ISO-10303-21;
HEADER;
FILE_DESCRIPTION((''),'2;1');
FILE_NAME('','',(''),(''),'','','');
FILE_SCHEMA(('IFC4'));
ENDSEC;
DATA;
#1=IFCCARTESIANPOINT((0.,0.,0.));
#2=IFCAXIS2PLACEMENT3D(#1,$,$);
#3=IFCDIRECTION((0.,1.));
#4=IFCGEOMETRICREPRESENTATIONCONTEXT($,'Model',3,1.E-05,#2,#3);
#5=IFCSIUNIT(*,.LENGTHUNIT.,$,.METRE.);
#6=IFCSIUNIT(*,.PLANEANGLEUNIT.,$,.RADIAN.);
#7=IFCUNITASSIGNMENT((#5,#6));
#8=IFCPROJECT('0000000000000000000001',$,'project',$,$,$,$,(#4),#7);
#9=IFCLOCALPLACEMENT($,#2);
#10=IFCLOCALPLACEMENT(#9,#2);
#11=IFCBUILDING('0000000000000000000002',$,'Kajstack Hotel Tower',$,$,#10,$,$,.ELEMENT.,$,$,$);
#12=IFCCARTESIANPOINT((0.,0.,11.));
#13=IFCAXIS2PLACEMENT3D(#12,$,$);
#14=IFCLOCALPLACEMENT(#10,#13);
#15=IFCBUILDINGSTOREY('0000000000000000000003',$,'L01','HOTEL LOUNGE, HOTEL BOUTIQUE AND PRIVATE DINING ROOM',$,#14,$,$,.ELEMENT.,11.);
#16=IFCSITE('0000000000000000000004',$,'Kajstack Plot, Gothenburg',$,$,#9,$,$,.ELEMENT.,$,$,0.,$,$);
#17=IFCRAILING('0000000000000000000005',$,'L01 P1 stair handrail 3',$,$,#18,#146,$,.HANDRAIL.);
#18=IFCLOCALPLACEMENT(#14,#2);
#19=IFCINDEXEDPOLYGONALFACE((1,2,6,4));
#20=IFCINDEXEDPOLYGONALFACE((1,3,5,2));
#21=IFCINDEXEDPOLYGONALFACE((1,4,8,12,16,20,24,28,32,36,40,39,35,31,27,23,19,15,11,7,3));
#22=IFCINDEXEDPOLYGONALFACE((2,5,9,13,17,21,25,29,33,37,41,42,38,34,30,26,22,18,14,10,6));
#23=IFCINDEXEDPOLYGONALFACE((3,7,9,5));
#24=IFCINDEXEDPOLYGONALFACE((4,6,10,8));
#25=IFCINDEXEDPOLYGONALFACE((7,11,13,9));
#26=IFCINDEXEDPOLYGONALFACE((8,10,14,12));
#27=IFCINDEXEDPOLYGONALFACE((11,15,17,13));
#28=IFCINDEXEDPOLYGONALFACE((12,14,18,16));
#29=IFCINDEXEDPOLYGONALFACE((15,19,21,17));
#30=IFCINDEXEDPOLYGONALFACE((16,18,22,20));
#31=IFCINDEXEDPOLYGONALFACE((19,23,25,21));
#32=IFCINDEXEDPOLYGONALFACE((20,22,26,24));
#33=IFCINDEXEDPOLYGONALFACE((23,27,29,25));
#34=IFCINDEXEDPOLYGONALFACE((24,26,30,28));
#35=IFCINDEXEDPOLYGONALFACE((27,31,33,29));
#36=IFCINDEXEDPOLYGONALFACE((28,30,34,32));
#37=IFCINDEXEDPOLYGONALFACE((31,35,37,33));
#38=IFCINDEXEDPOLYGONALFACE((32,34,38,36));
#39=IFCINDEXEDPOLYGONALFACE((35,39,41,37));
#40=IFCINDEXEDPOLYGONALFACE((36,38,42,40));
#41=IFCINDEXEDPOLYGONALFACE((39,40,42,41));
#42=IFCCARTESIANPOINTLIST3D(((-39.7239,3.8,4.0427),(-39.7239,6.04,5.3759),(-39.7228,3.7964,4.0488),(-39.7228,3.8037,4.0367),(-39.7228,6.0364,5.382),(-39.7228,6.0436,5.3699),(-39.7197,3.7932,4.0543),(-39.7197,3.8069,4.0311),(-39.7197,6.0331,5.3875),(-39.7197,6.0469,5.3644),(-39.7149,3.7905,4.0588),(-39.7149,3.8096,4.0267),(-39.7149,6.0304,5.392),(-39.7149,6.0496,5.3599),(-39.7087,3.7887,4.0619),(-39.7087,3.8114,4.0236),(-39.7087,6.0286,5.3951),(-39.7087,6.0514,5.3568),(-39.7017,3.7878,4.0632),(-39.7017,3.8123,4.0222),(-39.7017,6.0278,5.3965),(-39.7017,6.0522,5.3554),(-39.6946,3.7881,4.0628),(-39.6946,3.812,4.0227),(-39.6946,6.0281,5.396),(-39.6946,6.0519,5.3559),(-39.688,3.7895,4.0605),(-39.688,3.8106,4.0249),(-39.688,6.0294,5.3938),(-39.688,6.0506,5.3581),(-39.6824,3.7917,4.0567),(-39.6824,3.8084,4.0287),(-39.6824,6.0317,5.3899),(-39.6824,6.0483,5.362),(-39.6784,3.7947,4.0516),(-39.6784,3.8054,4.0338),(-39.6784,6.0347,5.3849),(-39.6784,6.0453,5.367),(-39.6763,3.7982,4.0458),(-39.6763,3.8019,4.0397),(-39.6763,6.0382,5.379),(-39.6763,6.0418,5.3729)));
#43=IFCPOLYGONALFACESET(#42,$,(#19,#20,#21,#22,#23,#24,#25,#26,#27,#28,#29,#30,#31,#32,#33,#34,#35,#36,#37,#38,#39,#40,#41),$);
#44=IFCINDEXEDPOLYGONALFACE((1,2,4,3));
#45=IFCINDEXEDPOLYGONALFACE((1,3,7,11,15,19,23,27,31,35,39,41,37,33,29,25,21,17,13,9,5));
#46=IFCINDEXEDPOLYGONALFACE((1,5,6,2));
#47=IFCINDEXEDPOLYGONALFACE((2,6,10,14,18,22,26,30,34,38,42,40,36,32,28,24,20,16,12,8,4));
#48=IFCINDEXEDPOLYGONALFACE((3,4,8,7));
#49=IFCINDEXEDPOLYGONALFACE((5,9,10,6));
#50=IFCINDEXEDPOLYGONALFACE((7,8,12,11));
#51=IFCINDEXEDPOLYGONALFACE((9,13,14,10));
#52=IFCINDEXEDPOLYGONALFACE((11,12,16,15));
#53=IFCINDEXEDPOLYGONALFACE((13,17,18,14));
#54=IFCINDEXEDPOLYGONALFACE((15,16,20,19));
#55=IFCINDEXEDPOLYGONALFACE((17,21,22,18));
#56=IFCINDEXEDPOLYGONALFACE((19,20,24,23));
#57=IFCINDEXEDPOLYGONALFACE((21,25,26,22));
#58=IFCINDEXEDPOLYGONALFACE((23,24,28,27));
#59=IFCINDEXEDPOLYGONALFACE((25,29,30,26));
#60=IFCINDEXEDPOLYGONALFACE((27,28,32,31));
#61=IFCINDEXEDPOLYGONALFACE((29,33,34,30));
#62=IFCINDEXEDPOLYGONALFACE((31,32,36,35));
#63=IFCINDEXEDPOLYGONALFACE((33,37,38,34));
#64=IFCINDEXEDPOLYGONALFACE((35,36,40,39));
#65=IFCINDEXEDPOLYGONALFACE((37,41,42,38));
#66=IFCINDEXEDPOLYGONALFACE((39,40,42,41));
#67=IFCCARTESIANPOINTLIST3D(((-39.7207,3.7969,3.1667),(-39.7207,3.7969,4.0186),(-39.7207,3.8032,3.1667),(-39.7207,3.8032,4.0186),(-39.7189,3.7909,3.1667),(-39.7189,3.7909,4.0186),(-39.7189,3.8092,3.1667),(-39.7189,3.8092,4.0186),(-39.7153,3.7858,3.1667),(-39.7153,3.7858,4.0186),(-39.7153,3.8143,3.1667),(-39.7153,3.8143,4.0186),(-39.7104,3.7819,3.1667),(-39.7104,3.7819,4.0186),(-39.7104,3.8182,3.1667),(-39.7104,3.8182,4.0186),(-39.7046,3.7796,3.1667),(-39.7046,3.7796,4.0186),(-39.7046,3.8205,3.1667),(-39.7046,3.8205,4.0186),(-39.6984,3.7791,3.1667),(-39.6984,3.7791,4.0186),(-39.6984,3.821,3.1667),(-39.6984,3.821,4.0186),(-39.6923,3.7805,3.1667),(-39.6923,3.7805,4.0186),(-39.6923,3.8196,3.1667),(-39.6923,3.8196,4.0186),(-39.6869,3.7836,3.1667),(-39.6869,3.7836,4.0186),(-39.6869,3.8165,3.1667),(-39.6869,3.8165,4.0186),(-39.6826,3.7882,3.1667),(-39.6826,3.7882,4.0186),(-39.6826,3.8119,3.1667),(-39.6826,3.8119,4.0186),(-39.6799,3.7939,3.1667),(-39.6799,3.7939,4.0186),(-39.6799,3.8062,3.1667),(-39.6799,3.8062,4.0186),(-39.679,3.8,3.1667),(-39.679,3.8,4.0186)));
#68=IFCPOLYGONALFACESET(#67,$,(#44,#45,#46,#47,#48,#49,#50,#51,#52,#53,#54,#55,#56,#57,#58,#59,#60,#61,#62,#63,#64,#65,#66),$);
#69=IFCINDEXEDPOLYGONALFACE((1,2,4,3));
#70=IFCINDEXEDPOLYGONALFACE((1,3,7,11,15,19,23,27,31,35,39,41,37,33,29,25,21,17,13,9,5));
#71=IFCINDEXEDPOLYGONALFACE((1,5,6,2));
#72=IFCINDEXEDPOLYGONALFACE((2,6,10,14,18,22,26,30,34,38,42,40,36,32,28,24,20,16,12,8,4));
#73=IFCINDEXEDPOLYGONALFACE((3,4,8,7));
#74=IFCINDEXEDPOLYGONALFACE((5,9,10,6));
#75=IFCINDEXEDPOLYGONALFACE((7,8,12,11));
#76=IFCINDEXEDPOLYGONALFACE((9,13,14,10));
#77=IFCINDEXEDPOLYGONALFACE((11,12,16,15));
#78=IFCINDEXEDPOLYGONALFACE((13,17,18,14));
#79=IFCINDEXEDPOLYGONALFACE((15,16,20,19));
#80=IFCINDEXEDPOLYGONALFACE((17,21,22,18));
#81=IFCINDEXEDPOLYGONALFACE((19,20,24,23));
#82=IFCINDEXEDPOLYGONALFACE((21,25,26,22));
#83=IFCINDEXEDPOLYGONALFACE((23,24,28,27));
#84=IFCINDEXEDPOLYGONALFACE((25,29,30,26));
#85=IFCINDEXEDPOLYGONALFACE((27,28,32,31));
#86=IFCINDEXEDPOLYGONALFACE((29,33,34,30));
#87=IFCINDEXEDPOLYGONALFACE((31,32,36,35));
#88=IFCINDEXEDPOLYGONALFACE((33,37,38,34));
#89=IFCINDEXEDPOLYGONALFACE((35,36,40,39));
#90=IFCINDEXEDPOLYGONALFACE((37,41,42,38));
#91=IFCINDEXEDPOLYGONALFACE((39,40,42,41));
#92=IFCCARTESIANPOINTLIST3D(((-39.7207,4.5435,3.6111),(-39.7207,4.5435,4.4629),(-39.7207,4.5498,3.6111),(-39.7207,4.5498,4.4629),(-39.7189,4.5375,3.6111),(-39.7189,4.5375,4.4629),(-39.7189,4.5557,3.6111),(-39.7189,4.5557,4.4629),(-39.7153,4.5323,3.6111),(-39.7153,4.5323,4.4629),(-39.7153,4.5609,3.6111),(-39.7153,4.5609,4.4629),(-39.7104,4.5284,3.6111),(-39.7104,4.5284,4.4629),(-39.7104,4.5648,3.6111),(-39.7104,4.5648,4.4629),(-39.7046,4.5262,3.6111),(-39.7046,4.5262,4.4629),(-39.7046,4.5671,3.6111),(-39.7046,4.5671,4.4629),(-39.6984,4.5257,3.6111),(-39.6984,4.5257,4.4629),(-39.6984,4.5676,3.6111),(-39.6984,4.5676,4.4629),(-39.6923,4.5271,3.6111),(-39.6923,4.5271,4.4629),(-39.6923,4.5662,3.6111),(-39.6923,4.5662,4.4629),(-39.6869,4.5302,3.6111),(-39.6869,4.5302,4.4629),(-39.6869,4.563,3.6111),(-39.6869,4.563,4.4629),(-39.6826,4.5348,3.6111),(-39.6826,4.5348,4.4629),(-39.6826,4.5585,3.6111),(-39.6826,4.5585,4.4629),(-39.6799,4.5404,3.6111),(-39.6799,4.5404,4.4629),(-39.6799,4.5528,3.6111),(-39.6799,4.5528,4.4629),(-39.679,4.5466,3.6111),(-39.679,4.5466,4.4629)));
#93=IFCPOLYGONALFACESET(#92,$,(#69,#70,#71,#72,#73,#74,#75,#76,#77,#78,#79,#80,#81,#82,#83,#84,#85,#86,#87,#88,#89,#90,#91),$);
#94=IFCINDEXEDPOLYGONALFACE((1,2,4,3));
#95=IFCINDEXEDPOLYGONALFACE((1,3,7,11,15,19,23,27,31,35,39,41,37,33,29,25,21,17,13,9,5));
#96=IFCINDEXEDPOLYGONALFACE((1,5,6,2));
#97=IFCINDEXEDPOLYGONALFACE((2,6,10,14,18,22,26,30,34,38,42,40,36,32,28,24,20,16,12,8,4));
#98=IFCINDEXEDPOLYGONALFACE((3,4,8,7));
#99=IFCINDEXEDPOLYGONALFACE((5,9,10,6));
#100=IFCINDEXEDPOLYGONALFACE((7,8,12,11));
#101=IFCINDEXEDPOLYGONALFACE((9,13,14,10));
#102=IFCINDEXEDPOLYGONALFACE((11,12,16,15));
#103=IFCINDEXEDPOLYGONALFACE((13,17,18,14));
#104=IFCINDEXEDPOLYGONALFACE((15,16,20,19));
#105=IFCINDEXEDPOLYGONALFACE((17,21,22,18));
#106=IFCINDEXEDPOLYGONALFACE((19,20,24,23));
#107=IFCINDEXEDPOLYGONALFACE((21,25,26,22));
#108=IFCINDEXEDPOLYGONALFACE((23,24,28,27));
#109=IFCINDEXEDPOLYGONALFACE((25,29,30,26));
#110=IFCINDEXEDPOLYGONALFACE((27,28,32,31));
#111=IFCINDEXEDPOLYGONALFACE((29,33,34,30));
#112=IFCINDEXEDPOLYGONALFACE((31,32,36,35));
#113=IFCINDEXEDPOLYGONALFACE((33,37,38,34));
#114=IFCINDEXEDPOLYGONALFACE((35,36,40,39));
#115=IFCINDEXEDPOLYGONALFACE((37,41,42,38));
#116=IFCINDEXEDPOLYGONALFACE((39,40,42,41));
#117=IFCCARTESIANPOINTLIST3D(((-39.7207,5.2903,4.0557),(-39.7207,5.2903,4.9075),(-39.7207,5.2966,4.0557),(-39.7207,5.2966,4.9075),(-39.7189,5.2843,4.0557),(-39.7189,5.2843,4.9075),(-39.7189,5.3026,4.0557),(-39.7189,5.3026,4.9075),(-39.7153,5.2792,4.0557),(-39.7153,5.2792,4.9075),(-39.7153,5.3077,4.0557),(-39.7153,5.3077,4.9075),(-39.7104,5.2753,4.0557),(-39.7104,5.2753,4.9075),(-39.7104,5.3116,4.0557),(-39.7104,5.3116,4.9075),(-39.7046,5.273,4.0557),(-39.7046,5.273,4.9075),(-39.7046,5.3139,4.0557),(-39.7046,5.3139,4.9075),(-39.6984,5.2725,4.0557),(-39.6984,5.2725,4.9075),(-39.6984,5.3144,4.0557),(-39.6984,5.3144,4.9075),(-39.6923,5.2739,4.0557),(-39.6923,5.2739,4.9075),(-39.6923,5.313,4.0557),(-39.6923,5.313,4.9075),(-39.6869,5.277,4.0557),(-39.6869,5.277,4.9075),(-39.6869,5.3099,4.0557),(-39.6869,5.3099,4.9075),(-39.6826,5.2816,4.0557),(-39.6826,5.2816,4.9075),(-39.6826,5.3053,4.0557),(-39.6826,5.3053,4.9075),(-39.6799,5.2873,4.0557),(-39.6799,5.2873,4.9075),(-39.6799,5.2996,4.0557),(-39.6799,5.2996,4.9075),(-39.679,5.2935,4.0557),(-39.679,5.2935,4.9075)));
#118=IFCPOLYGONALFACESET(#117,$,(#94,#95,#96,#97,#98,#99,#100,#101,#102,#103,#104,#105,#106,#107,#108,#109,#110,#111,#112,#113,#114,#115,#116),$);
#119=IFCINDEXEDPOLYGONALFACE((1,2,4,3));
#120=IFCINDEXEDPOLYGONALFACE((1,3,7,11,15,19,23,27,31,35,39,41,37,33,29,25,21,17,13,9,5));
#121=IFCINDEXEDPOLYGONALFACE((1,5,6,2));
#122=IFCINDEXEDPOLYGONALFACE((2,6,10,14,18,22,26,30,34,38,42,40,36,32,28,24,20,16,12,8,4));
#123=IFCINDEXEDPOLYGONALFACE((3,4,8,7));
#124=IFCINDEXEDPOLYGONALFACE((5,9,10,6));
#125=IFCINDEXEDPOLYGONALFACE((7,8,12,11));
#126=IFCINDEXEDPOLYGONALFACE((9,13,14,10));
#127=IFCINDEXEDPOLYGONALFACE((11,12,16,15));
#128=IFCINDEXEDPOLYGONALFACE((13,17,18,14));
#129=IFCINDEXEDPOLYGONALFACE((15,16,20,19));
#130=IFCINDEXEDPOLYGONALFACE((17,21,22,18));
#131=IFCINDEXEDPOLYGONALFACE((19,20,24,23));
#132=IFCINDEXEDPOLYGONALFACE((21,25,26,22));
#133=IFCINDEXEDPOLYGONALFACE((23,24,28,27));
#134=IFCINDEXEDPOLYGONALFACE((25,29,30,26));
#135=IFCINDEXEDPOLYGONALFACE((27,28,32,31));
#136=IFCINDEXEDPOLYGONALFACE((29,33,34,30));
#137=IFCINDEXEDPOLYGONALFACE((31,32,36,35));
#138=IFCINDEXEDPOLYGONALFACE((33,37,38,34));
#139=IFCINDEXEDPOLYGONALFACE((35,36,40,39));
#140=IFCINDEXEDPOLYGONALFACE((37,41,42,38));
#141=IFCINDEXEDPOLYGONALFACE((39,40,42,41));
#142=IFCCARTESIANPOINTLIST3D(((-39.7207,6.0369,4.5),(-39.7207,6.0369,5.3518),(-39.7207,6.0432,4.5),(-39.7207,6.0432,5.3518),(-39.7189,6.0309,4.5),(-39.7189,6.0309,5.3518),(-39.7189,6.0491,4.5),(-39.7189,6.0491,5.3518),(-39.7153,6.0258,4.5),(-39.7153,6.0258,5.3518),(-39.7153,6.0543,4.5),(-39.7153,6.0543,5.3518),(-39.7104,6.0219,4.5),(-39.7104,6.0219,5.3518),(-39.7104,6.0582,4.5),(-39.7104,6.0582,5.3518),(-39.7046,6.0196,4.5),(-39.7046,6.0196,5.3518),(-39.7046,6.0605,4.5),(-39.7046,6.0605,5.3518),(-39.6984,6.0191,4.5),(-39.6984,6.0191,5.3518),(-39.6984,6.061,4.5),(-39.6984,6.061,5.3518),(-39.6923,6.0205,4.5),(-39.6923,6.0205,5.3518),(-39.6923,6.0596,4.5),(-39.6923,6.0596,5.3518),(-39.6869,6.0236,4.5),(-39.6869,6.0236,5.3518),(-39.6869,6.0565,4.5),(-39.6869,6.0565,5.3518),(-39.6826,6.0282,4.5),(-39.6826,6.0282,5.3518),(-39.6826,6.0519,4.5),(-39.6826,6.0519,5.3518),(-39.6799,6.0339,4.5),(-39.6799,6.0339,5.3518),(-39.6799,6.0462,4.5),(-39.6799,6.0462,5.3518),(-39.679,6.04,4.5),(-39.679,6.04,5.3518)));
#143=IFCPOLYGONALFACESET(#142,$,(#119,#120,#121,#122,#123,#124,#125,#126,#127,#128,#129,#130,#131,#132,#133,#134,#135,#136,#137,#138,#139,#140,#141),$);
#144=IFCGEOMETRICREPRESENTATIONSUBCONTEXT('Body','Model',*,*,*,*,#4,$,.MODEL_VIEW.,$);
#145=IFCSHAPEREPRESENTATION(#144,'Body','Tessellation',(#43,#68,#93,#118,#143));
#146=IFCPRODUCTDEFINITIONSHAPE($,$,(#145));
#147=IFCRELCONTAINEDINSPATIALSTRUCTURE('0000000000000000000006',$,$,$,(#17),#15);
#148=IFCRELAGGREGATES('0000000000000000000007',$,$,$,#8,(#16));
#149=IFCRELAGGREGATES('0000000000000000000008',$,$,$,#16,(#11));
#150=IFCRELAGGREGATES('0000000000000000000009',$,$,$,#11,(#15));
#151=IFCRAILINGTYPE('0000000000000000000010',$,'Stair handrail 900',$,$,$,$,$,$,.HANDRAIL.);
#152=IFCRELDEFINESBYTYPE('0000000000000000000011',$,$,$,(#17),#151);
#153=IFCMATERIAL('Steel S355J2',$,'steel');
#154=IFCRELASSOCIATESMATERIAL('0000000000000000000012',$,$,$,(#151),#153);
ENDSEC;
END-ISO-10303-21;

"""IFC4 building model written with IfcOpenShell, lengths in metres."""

from ifc_helpers import new_model, si_unit, direction, frame, origin, origin_2d, place, context, subcontext, project, spatial, circle, extrude, material, type_object, element, save


model = new_model("IFC4")

# Units and contexts
model_context = context("Model", 3, precision=1e-05, world=origin(), true_north=direction((0.0, 1.0)))
body_context = subcontext(model_context, "Body", "Model", "MODEL_VIEW")
ifc_project = project(units=[si_unit("LENGTHUNIT", "METRE"), si_unit("PLANEANGLEUNIT", "RADIAN")], contexts=[model_context])

# Site, building, storey
site_placement = place(None, origin())
site = spatial("IfcSite", under=ifc_project, at=site_placement, Name="Kajstack Plot, Gothenburg", CompositionType="ELEMENT", RefElevation=0.0)
building_placement = place(site_placement, origin())
building = spatial("IfcBuilding", under=site, at=building_placement, Name="Kajstack Hotel Tower", CompositionType="ELEMENT")
storey_placement = place(building_placement, frame((0.0, 0.0, 11.0)))
storey = spatial("IfcBuildingStorey", under=building, at=storey_placement, Name="L01", Description="HOTEL LOUNGE, HOTEL BOUTIQUE AND PRIVATE DINING ROOM", CompositionType="ELEMENT", Elevation=11.0)

# Railing
ifc_material_1 = material(Name="Steel S355J2", Category="steel")
railing_type_1 = type_object("IfcRailingType", Name="Stair handrail 900", PredefinedType="HANDRAIL", material=ifc_material_1)
railing_1_placement = place(storey_placement, frame((-39.7, 3.8, 3.1667)))
element("IfcRailing", 1, at=railing_1_placement, inside=storey, type_object=railing_type_1, Name="L01 P1 stair handrail 3", PredefinedType="HANDRAIL", context=body_context, shape_type="SweptSolid", body=[
    extrude(circle(Radius=0.0239, at=origin_2d()), frame((0.0, 0.0, 0.876), z_axis=(0.0, 0.859306, 0.511462), x_axis=(-1.0, 0.0, 0.0)), (0.0, 0.0, 1.0), 2.6067),
    extrude(circle(Radius=0.021, at=origin_2d()), origin(), (0.0, 0.0, 1.0), 0.8518),
    extrude(circle(Radius=0.021, at=origin_2d()), frame((0.0, 0.7466, 0.4443)), (0.0, 0.0, 1.0), 0.8518),
    extrude(circle(Radius=0.021, at=origin_2d()), frame((0.0, 1.4934, 0.8889)), (0.0, 0.0, 1.0), 0.8518),
    extrude(circle(Radius=0.021, at=origin_2d()), frame((0.0, 2.24, 1.3333)), (0.0, 0.0, 1.0), 0.8518),
])

save(model, "model.ifc")
